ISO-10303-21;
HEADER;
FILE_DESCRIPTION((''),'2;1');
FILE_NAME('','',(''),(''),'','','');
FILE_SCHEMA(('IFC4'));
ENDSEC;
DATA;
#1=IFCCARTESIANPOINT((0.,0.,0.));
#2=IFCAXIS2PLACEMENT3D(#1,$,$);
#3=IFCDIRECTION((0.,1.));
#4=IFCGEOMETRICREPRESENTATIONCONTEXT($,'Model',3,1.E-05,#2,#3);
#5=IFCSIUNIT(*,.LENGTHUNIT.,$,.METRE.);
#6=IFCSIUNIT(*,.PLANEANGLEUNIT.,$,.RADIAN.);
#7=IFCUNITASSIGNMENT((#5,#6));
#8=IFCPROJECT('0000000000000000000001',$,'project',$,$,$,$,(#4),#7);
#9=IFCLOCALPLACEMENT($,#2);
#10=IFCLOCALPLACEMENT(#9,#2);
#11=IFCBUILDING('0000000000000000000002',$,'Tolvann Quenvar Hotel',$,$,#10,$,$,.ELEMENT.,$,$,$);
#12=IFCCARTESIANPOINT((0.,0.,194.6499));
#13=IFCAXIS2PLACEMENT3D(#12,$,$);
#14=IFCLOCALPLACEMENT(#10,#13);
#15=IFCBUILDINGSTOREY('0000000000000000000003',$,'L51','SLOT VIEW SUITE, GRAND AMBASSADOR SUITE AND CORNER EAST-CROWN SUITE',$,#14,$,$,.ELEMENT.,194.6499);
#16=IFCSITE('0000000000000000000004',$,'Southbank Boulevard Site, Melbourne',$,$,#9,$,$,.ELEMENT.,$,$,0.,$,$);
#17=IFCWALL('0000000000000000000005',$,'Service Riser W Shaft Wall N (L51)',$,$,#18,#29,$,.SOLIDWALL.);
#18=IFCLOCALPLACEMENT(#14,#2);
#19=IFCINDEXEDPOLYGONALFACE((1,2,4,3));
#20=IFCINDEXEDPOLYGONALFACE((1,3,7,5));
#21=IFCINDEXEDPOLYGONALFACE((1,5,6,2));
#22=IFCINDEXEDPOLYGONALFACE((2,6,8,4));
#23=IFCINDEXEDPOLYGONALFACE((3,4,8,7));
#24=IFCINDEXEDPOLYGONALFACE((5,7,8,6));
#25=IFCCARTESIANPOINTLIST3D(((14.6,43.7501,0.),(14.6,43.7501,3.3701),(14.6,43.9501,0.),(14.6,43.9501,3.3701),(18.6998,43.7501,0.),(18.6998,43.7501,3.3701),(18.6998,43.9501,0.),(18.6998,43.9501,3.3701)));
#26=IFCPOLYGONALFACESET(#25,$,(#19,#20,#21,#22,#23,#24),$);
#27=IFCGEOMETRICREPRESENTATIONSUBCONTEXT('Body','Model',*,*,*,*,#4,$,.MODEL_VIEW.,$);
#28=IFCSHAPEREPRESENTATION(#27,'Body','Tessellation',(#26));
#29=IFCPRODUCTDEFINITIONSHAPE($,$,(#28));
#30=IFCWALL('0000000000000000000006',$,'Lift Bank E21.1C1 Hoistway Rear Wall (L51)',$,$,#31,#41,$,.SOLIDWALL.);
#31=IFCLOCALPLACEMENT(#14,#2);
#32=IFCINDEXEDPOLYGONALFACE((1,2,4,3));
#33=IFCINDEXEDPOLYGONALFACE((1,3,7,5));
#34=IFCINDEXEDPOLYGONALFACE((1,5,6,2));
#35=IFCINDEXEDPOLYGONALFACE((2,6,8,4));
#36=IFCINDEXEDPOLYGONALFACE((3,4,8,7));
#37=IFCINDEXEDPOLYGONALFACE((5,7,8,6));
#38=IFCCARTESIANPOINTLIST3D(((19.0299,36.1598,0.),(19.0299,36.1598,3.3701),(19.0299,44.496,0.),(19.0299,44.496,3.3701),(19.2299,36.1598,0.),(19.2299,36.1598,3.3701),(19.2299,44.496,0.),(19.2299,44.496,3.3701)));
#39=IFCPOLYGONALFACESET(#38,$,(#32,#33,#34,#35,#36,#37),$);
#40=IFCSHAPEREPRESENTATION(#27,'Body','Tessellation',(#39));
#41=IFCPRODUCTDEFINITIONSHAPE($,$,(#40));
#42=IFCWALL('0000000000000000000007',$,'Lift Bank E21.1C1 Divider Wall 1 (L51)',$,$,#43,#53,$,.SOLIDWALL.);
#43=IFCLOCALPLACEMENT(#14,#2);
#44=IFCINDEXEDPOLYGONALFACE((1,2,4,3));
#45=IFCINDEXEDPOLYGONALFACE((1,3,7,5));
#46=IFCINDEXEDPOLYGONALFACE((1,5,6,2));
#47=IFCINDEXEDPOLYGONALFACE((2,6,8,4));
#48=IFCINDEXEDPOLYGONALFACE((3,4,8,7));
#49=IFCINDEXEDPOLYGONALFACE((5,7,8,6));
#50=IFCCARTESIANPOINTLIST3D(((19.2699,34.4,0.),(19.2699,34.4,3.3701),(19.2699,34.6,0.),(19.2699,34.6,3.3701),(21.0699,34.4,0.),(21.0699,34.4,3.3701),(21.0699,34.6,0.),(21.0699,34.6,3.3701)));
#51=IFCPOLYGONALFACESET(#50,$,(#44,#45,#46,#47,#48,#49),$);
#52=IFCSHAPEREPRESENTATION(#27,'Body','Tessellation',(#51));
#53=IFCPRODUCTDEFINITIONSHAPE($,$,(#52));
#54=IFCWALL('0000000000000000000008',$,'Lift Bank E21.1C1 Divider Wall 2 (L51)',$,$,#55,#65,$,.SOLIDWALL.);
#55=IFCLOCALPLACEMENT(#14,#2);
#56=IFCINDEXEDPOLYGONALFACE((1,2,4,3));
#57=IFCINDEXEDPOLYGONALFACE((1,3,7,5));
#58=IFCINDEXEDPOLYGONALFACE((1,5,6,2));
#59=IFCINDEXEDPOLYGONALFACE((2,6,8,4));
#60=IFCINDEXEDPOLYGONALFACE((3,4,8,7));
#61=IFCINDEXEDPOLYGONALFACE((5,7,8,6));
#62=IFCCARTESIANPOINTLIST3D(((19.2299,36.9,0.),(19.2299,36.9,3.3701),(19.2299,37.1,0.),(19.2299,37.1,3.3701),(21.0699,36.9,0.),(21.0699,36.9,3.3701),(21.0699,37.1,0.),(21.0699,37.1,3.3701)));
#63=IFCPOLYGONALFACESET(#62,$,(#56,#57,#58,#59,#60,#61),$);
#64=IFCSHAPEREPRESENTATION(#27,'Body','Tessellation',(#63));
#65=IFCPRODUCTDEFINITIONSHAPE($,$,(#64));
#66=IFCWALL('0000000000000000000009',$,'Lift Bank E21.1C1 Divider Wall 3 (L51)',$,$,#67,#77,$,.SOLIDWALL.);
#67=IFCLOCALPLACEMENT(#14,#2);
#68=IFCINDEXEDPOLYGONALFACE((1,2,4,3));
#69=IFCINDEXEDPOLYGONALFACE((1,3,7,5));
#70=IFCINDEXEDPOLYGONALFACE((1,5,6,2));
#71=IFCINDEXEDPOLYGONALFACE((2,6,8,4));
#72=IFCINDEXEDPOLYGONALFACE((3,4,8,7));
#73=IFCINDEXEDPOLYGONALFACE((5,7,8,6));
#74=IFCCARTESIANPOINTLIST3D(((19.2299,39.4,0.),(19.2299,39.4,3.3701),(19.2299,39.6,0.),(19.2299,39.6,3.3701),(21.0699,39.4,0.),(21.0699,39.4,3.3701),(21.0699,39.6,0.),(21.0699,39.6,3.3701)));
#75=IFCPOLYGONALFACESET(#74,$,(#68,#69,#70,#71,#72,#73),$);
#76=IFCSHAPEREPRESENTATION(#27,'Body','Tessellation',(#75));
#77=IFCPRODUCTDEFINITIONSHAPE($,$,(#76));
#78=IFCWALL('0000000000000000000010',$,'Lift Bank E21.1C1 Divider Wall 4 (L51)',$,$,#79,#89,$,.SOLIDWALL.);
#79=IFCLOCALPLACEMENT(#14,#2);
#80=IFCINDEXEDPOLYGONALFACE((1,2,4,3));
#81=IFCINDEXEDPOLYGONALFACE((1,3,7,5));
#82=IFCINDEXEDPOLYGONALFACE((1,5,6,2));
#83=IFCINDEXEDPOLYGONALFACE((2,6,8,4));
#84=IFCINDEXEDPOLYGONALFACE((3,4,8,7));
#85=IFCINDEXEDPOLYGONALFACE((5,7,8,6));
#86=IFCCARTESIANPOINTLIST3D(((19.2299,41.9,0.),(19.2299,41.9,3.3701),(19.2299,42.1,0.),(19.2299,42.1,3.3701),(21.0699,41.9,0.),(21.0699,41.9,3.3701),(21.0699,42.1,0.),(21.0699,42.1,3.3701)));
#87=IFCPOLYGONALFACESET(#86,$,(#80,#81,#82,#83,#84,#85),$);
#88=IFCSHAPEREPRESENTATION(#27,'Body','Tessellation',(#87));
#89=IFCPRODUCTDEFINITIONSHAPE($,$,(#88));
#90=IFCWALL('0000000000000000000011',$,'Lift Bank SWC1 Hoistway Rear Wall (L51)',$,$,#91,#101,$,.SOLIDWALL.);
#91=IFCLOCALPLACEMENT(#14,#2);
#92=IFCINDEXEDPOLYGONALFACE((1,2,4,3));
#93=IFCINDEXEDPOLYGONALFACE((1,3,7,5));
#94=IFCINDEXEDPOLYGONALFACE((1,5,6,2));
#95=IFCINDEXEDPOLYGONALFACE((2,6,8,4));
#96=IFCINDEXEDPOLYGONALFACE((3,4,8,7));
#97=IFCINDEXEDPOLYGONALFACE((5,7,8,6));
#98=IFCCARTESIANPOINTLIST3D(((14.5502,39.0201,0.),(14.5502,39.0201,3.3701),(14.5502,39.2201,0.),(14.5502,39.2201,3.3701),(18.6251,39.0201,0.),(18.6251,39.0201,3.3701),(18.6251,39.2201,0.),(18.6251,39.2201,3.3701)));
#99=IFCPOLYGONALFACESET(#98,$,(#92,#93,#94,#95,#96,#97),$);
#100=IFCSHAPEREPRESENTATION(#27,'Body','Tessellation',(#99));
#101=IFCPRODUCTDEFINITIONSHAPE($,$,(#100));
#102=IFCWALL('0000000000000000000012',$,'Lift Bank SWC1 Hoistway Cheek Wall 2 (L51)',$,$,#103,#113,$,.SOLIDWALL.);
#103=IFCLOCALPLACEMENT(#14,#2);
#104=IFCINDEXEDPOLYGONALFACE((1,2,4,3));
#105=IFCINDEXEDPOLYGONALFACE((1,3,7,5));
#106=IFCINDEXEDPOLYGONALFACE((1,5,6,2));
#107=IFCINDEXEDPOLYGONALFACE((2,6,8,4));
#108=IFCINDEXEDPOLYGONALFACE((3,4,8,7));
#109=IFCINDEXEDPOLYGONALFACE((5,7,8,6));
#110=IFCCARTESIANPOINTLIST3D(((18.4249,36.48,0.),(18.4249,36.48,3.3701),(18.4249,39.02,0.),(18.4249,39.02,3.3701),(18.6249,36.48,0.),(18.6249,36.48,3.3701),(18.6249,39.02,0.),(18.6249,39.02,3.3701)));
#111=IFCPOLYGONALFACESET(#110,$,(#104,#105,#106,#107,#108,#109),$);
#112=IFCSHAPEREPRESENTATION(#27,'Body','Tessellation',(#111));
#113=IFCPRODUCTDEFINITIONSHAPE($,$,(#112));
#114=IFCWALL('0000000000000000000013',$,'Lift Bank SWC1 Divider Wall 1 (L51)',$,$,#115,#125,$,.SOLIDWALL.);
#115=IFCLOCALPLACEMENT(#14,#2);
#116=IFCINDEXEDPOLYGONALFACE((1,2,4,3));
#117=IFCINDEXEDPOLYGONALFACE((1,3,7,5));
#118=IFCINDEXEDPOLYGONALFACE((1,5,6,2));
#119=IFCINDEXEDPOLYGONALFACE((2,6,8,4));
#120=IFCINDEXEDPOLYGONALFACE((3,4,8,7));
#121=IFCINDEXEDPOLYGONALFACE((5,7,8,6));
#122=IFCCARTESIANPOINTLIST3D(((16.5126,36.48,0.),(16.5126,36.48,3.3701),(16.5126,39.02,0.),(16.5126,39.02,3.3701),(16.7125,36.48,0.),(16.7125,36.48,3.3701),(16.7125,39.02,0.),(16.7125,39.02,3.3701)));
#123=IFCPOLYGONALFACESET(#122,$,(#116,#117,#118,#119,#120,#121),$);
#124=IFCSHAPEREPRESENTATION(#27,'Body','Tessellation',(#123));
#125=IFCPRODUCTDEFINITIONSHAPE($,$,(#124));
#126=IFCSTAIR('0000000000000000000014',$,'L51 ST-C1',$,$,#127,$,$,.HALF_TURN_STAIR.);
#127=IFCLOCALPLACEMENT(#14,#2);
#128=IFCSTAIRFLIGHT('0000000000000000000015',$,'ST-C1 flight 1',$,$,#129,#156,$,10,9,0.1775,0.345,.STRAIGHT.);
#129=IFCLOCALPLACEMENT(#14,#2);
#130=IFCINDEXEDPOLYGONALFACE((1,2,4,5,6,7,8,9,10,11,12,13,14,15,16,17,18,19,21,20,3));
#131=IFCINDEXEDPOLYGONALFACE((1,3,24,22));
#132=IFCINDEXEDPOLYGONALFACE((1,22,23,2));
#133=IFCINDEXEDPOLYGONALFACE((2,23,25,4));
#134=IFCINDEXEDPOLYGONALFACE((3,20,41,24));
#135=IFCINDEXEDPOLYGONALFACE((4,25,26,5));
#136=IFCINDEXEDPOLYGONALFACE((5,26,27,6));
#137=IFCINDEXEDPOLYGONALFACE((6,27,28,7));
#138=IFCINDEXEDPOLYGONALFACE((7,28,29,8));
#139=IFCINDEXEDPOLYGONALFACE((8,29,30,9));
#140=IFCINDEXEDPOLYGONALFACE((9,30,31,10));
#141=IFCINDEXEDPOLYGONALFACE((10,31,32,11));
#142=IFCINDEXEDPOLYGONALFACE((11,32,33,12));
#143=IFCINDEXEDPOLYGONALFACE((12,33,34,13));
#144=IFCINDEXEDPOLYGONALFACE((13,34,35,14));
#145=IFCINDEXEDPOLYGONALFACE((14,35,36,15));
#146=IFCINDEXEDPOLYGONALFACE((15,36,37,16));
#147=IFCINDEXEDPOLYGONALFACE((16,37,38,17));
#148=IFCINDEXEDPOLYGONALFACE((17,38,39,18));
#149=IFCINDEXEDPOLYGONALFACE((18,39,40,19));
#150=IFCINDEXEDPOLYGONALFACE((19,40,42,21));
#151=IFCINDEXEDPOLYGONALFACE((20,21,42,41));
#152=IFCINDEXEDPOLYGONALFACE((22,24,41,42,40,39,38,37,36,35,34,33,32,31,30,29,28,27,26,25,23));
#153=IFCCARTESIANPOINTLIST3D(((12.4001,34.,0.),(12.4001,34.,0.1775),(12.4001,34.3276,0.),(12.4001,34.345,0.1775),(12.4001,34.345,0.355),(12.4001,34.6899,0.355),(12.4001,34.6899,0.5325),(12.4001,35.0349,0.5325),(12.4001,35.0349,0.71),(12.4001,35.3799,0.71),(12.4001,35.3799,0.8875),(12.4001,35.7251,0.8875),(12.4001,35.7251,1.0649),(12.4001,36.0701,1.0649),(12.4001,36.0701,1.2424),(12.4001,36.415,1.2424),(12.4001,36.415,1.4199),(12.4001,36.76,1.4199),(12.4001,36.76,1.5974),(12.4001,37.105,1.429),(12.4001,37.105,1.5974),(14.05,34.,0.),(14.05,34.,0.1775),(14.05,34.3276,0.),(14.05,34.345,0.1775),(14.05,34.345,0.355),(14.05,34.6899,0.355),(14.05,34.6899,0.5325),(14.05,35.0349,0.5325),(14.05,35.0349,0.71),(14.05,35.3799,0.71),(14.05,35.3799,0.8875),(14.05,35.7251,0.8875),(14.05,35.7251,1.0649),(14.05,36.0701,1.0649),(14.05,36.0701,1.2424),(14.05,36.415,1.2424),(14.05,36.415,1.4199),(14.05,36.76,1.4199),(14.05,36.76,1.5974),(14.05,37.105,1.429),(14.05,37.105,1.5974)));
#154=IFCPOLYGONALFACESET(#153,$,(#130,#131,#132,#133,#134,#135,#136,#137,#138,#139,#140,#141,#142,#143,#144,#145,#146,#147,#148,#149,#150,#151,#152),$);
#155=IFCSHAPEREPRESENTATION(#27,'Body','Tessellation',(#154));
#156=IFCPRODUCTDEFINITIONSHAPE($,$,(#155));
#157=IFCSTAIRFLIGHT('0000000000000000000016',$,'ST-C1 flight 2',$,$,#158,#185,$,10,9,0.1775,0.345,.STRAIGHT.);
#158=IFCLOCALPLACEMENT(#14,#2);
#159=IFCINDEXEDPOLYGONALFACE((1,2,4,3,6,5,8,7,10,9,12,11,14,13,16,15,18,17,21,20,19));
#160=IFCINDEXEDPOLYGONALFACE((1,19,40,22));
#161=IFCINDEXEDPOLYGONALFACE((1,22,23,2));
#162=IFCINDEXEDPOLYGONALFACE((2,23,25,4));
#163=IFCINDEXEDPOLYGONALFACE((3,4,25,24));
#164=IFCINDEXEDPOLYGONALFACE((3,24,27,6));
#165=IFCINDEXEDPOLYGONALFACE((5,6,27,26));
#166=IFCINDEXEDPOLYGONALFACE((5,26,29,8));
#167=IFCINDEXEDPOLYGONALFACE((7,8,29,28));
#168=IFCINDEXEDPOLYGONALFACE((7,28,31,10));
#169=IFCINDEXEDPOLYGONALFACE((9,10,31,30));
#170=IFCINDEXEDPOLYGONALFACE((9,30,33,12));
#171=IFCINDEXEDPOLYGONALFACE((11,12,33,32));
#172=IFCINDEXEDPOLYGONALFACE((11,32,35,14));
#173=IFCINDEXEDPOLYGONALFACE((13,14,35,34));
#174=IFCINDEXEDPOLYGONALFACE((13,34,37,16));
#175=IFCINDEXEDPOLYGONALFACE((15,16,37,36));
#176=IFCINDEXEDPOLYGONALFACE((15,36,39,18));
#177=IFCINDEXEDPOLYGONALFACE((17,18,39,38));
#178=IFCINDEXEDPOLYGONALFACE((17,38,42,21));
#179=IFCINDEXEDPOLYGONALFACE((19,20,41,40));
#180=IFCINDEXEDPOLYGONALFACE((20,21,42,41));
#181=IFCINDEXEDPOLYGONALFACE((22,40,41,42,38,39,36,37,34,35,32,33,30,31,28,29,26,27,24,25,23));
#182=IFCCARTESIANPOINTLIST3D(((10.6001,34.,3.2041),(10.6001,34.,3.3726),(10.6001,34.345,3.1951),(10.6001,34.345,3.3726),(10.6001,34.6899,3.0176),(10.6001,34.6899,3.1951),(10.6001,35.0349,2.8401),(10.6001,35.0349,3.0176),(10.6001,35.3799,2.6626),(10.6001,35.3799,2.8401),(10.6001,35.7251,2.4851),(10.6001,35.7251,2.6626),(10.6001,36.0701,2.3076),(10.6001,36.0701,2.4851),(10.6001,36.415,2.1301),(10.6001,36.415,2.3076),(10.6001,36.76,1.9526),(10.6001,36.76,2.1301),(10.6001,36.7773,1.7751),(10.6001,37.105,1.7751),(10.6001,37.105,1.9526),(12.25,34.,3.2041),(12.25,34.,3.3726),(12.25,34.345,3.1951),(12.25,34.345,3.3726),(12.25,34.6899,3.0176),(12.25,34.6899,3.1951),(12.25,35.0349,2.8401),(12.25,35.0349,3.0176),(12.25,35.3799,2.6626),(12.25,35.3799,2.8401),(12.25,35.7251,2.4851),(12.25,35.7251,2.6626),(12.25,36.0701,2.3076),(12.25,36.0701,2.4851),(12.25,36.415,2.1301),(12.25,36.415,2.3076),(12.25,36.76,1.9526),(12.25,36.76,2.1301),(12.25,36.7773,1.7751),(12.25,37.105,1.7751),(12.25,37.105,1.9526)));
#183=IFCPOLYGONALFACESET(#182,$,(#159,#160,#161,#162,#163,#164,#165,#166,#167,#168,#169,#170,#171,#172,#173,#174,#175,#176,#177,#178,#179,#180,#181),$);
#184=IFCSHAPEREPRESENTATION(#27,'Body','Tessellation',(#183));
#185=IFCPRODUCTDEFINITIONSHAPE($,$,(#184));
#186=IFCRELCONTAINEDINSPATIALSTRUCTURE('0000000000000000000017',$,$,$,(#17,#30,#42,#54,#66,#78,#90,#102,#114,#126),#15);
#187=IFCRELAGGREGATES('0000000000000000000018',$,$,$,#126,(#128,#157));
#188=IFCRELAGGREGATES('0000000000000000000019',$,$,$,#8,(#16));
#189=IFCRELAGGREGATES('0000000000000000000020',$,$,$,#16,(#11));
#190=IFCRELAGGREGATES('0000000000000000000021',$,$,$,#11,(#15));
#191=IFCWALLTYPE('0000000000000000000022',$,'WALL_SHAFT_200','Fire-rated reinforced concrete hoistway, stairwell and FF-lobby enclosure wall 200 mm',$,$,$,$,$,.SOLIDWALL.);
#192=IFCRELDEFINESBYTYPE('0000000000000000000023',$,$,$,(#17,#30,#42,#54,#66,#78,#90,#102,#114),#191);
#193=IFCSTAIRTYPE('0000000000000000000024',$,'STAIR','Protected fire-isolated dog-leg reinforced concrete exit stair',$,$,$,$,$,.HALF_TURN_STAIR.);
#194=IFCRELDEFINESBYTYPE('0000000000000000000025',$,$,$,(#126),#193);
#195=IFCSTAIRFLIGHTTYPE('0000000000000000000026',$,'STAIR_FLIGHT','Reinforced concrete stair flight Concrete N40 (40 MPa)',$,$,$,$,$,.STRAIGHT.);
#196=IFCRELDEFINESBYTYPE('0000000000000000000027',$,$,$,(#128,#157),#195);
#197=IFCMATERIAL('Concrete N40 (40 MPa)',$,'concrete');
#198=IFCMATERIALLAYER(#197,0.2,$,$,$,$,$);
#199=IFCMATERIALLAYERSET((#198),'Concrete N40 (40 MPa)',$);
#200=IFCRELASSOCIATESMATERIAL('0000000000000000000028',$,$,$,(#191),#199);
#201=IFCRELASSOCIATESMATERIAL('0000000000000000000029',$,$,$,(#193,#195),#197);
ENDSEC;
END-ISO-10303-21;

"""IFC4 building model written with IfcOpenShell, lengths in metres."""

from ifc_helpers import new_model, si_unit, direction, frame, frame_2d, origin, place, context, subcontext, project, spatial, polyline, rectangle, outline, extrude, material, layer, layer_set, type_object, element, aggregate, save


model = new_model("IFC4")

# Units and contexts
model_context = context("Model", 3, precision=1e-05, world=origin(), true_north=direction((0.0, 1.0)))
body_context = subcontext(model_context, "Body", "Model", "MODEL_VIEW")
ifc_project = project(units=[si_unit("LENGTHUNIT", "METRE"), si_unit("PLANEANGLEUNIT", "RADIAN")], contexts=[model_context])

# Site, building, storey
site_placement = place(None, origin())
site = spatial("IfcSite", under=ifc_project, at=site_placement, Name="Southbank Boulevard Site, Melbourne", CompositionType="ELEMENT", RefElevation=0.0)
building_placement = place(site_placement, origin())
building = spatial("IfcBuilding", under=site, at=building_placement, Name="Tolvann Quenvar Hotel", CompositionType="ELEMENT")
storey_placement = place(building_placement, frame((0.0, 0.0, 194.6499)))
storey = spatial("IfcBuildingStorey", under=building, at=storey_placement, Name="L51", Description="SLOT VIEW SUITE, GRAND AMBASSADOR SUITE AND CORNER EAST-CROWN SUITE", CompositionType="ELEMENT", Elevation=194.6499)

# Walls
ifc_material_1 = material(Name="Concrete N40 (40 MPa)", Category="concrete")
ifc_layer_1 = layer(ifc_material_1, 0.2)
ifc_layer_set_1 = layer_set([ifc_layer_1], Name="Concrete N40 (40 MPa)")
wall_type_1 = type_object("IfcWallType", Name="WALL_SHAFT_200", Description="Fire-rated reinforced concrete hoistway, stairwell and FF-lobby enclosure wall 200 mm", PredefinedType="SOLIDWALL", material=ifc_layer_set_1)
for number, where, z_axis, x_axis, name in (
    (1, (14.6001, 43.8501, 0.0), (0.0, 0.0, 1.0), (1.0, 0.0, 0.0), "Service Riser W Shaft Wall N (L51)"),
):
    element("IfcWall", number, at=place(storey_placement, frame(where, z_axis=z_axis, x_axis=x_axis)), inside=storey, type_object=wall_type_1, Name=name, PredefinedType="SOLIDWALL", context=body_context, shape_type="SweptSolid", body=[
        extrude(rectangle(XDim=4.0999, YDim=0.2, at=frame_2d((2.0498, 0.0))), origin(), (0.0, 0.0, 1.0), 3.3701),
    ])
wall_1_placement = place(storey_placement, frame((19.1299, 36.1599, 0.0), z_axis=(0.0, 0.0, 1.0), x_axis=(0.0, 1.0, 0.0)))
element("IfcWall", 2, at=wall_1_placement, inside=storey, type_object=wall_type_1, Name="Lift Bank E21.1C1 Hoistway Rear Wall (L51)", PredefinedType="SOLIDWALL", context=body_context, shape_type="SweptSolid", body=[
    extrude(rectangle(XDim=8.3362, YDim=0.2, at=frame_2d((4.168, 0.0))), origin(), (0.0, 0.0, 1.0), 3.3701),
])
wall_2_placement = place(storey_placement, frame((19.27, 34.5, 0.0), z_axis=(0.0, 0.0, 1.0), x_axis=(1.0, 0.0, 0.0)))
element("IfcWall", 3, at=wall_2_placement, inside=storey, type_object=wall_type_1, Name="Lift Bank E21.1C1 Divider Wall 1 (L51)", PredefinedType="SOLIDWALL", context=body_context, shape_type="SweptSolid", body=[
    extrude(rectangle(XDim=1.8, YDim=0.2, at=frame_2d((0.8999, 0.0))), origin(), (0.0, 0.0, 1.0), 3.3701),
])
for number, where, z_axis, x_axis, name in (
    (4, (19.23, 37.0, 0.0), (0.0, 0.0, 1.0), (1.0, 0.0, 0.0), "Lift Bank E21.1C1 Divider Wall 2 (L51)"),
    (5, (19.23, 39.5, 0.0), (0.0, 0.0, 1.0), (1.0, 0.0, 0.0), "Lift Bank E21.1C1 Divider Wall 3 (L51)"),
    (6, (19.23, 42.0, 0.0), (0.0, 0.0, 1.0), (1.0, 0.0, 0.0), "Lift Bank E21.1C1 Divider Wall 4 (L51)"),
):
    element("IfcWall", number, at=place(storey_placement, frame(where, z_axis=z_axis, x_axis=x_axis)), inside=storey, type_object=wall_type_1, Name=name, PredefinedType="SOLIDWALL", context=body_context, shape_type="SweptSolid", body=[
        extrude(rectangle(XDim=1.8401, YDim=0.2, at=frame_2d((0.9199, 0.0))), origin(), (0.0, 0.0, 1.0), 3.3701),
    ])

# Walls
wall_3_placement = place(storey_placement, frame((14.55, 39.1201, 0.0), z_axis=(0.0, 0.0, 1.0), x_axis=(1.0, 0.0, 0.0)))
element("IfcWall", 7, at=wall_3_placement, inside=storey, type_object=wall_type_1, Name="Lift Bank SWC1 Hoistway Rear Wall (L51)", PredefinedType="SOLIDWALL", context=body_context, shape_type="SweptSolid", body=[
    extrude(rectangle(XDim=4.075, YDim=0.2, at=frame_2d((2.0376, 0.0))), origin(), (0.0, 0.0, 1.0), 3.3701),
])
for number, where, z_axis, x_axis, name in (
    (8, (18.5249, 36.48, 0.0), (0.0, 0.0, 1.0), (0.0, 1.0, 0.0), "Lift Bank SWC1 Hoistway Cheek Wall 2 (L51)"),
    (9, (16.6125, 36.48, 0.0), (0.0, 0.0, 1.0), (0.0, 1.0, 0.0), "Lift Bank SWC1 Divider Wall 1 (L51)"),
):
    element("IfcWall", number, at=place(storey_placement, frame(where, z_axis=z_axis, x_axis=x_axis)), inside=storey, type_object=wall_type_1, Name=name, PredefinedType="SOLIDWALL", context=body_context, shape_type="SweptSolid", body=[
        extrude(rectangle(XDim=2.54, YDim=0.2, at=frame_2d((1.27, 0.0))), origin(), (0.0, 0.0, 1.0), 3.3701),
    ])

# Stair, stair flights
stair_type = type_object("IfcStairType", Name="STAIR", Description="Protected fire-isolated dog-leg reinforced concrete exit stair", PredefinedType="HALF_TURN_STAIR", material=ifc_material_1)
stair_placement = place(storey_placement, origin())
stair = element("IfcStair", 10, at=stair_placement, inside=storey, type_object=stair_type, Name="L51 ST-C1", PredefinedType="HALF_TURN_STAIR")
stair_flight_type = type_object("IfcStairFlightType", Name="STAIR_FLIGHT", Description="Reinforced concrete stair flight Concrete N40 (40 MPa)", PredefinedType="STRAIGHT", material=ifc_material_1)
stair_flight_1_placement = place(storey_placement, frame((13.2251, 34.0, 0.0), z_axis=(0.0, 0.0, 1.0), x_axis=(0.0, 1.0, 0.0)))
stair_flight_1 = element("IfcStairFlight", 11, at=stair_flight_1_placement, type_object=stair_flight_type, Name="ST-C1 flight 1", NumberOfRisers=10, NumberOfTreads=9, PredefinedType="STRAIGHT", RiserHeight=0.1775, TreadLength=0.345, context=body_context, shape_type="SweptSolid", body=[
    extrude(outline(polyline([(0.0, 0.0), (0.0, 0.1775), (0.345, 0.1775), (0.345, 0.355), (0.6899, 0.355), (0.6899, 0.5325), (1.0349, 0.5325), (1.0349, 0.71), (1.3799, 0.71), (1.3799, 0.8875), (1.7251, 0.8875), (1.7251, 1.0649), (2.0701, 1.0649), (2.0701, 1.2424), (2.415, 1.2424), (2.415, 1.4199), (2.76, 1.4199), (2.76, 1.5974), (3.105, 1.5974), (3.105, 1.7749), (3.105, 1.429), (0.3276, 0.0), (0.0, 0.0)])), frame((0.0, 0.825, 0.0), z_axis=(0.0, -1.0, 0.0), x_axis=(1.0, 0.0, 0.0)), (0.0, 0.0, 1.0), 1.6499),
])
stair_flight_2_placement = place(storey_placement, frame((11.425, 37.105, 1.7751), z_axis=(0.0, 0.0, 1.0), x_axis=(0.0, -1.0, 0.0)))
stair_flight_2 = element("IfcStairFlight", 12, at=stair_flight_2_placement, type_object=stair_flight_type, Name="ST-C1 flight 2", NumberOfRisers=10, NumberOfTreads=9, PredefinedType="STRAIGHT", RiserHeight=0.1775, TreadLength=0.345, context=body_context, shape_type="SweptSolid", body=[
    extrude(outline(polyline([(0.0, 0.0), (0.0, 0.1775), (0.345, 0.1775), (0.345, 0.355), (0.6899, 0.355), (0.6899, 0.5325), (1.0349, 0.5325), (1.0349, 0.71), (1.3799, 0.71), (1.3799, 0.8875), (1.7251, 0.8875), (1.7251, 1.0649), (2.0701, 1.0649), (2.0701, 1.2424), (2.415, 1.2424), (2.415, 1.4199), (2.76, 1.4199), (2.76, 1.5974), (3.105, 1.5974), (3.105, 1.7749), (3.105, 1.429), (0.3276, 0.0), (0.0, 0.0)])), frame((0.0, 0.825, 0.0), z_axis=(0.0, -1.0, 0.0), x_axis=(1.0, 0.0, 0.0)), (0.0, 0.0, 1.0), 1.6499),
])
aggregate(stair, [stair_flight_1, stair_flight_2])

save(model, "model.ifc")
